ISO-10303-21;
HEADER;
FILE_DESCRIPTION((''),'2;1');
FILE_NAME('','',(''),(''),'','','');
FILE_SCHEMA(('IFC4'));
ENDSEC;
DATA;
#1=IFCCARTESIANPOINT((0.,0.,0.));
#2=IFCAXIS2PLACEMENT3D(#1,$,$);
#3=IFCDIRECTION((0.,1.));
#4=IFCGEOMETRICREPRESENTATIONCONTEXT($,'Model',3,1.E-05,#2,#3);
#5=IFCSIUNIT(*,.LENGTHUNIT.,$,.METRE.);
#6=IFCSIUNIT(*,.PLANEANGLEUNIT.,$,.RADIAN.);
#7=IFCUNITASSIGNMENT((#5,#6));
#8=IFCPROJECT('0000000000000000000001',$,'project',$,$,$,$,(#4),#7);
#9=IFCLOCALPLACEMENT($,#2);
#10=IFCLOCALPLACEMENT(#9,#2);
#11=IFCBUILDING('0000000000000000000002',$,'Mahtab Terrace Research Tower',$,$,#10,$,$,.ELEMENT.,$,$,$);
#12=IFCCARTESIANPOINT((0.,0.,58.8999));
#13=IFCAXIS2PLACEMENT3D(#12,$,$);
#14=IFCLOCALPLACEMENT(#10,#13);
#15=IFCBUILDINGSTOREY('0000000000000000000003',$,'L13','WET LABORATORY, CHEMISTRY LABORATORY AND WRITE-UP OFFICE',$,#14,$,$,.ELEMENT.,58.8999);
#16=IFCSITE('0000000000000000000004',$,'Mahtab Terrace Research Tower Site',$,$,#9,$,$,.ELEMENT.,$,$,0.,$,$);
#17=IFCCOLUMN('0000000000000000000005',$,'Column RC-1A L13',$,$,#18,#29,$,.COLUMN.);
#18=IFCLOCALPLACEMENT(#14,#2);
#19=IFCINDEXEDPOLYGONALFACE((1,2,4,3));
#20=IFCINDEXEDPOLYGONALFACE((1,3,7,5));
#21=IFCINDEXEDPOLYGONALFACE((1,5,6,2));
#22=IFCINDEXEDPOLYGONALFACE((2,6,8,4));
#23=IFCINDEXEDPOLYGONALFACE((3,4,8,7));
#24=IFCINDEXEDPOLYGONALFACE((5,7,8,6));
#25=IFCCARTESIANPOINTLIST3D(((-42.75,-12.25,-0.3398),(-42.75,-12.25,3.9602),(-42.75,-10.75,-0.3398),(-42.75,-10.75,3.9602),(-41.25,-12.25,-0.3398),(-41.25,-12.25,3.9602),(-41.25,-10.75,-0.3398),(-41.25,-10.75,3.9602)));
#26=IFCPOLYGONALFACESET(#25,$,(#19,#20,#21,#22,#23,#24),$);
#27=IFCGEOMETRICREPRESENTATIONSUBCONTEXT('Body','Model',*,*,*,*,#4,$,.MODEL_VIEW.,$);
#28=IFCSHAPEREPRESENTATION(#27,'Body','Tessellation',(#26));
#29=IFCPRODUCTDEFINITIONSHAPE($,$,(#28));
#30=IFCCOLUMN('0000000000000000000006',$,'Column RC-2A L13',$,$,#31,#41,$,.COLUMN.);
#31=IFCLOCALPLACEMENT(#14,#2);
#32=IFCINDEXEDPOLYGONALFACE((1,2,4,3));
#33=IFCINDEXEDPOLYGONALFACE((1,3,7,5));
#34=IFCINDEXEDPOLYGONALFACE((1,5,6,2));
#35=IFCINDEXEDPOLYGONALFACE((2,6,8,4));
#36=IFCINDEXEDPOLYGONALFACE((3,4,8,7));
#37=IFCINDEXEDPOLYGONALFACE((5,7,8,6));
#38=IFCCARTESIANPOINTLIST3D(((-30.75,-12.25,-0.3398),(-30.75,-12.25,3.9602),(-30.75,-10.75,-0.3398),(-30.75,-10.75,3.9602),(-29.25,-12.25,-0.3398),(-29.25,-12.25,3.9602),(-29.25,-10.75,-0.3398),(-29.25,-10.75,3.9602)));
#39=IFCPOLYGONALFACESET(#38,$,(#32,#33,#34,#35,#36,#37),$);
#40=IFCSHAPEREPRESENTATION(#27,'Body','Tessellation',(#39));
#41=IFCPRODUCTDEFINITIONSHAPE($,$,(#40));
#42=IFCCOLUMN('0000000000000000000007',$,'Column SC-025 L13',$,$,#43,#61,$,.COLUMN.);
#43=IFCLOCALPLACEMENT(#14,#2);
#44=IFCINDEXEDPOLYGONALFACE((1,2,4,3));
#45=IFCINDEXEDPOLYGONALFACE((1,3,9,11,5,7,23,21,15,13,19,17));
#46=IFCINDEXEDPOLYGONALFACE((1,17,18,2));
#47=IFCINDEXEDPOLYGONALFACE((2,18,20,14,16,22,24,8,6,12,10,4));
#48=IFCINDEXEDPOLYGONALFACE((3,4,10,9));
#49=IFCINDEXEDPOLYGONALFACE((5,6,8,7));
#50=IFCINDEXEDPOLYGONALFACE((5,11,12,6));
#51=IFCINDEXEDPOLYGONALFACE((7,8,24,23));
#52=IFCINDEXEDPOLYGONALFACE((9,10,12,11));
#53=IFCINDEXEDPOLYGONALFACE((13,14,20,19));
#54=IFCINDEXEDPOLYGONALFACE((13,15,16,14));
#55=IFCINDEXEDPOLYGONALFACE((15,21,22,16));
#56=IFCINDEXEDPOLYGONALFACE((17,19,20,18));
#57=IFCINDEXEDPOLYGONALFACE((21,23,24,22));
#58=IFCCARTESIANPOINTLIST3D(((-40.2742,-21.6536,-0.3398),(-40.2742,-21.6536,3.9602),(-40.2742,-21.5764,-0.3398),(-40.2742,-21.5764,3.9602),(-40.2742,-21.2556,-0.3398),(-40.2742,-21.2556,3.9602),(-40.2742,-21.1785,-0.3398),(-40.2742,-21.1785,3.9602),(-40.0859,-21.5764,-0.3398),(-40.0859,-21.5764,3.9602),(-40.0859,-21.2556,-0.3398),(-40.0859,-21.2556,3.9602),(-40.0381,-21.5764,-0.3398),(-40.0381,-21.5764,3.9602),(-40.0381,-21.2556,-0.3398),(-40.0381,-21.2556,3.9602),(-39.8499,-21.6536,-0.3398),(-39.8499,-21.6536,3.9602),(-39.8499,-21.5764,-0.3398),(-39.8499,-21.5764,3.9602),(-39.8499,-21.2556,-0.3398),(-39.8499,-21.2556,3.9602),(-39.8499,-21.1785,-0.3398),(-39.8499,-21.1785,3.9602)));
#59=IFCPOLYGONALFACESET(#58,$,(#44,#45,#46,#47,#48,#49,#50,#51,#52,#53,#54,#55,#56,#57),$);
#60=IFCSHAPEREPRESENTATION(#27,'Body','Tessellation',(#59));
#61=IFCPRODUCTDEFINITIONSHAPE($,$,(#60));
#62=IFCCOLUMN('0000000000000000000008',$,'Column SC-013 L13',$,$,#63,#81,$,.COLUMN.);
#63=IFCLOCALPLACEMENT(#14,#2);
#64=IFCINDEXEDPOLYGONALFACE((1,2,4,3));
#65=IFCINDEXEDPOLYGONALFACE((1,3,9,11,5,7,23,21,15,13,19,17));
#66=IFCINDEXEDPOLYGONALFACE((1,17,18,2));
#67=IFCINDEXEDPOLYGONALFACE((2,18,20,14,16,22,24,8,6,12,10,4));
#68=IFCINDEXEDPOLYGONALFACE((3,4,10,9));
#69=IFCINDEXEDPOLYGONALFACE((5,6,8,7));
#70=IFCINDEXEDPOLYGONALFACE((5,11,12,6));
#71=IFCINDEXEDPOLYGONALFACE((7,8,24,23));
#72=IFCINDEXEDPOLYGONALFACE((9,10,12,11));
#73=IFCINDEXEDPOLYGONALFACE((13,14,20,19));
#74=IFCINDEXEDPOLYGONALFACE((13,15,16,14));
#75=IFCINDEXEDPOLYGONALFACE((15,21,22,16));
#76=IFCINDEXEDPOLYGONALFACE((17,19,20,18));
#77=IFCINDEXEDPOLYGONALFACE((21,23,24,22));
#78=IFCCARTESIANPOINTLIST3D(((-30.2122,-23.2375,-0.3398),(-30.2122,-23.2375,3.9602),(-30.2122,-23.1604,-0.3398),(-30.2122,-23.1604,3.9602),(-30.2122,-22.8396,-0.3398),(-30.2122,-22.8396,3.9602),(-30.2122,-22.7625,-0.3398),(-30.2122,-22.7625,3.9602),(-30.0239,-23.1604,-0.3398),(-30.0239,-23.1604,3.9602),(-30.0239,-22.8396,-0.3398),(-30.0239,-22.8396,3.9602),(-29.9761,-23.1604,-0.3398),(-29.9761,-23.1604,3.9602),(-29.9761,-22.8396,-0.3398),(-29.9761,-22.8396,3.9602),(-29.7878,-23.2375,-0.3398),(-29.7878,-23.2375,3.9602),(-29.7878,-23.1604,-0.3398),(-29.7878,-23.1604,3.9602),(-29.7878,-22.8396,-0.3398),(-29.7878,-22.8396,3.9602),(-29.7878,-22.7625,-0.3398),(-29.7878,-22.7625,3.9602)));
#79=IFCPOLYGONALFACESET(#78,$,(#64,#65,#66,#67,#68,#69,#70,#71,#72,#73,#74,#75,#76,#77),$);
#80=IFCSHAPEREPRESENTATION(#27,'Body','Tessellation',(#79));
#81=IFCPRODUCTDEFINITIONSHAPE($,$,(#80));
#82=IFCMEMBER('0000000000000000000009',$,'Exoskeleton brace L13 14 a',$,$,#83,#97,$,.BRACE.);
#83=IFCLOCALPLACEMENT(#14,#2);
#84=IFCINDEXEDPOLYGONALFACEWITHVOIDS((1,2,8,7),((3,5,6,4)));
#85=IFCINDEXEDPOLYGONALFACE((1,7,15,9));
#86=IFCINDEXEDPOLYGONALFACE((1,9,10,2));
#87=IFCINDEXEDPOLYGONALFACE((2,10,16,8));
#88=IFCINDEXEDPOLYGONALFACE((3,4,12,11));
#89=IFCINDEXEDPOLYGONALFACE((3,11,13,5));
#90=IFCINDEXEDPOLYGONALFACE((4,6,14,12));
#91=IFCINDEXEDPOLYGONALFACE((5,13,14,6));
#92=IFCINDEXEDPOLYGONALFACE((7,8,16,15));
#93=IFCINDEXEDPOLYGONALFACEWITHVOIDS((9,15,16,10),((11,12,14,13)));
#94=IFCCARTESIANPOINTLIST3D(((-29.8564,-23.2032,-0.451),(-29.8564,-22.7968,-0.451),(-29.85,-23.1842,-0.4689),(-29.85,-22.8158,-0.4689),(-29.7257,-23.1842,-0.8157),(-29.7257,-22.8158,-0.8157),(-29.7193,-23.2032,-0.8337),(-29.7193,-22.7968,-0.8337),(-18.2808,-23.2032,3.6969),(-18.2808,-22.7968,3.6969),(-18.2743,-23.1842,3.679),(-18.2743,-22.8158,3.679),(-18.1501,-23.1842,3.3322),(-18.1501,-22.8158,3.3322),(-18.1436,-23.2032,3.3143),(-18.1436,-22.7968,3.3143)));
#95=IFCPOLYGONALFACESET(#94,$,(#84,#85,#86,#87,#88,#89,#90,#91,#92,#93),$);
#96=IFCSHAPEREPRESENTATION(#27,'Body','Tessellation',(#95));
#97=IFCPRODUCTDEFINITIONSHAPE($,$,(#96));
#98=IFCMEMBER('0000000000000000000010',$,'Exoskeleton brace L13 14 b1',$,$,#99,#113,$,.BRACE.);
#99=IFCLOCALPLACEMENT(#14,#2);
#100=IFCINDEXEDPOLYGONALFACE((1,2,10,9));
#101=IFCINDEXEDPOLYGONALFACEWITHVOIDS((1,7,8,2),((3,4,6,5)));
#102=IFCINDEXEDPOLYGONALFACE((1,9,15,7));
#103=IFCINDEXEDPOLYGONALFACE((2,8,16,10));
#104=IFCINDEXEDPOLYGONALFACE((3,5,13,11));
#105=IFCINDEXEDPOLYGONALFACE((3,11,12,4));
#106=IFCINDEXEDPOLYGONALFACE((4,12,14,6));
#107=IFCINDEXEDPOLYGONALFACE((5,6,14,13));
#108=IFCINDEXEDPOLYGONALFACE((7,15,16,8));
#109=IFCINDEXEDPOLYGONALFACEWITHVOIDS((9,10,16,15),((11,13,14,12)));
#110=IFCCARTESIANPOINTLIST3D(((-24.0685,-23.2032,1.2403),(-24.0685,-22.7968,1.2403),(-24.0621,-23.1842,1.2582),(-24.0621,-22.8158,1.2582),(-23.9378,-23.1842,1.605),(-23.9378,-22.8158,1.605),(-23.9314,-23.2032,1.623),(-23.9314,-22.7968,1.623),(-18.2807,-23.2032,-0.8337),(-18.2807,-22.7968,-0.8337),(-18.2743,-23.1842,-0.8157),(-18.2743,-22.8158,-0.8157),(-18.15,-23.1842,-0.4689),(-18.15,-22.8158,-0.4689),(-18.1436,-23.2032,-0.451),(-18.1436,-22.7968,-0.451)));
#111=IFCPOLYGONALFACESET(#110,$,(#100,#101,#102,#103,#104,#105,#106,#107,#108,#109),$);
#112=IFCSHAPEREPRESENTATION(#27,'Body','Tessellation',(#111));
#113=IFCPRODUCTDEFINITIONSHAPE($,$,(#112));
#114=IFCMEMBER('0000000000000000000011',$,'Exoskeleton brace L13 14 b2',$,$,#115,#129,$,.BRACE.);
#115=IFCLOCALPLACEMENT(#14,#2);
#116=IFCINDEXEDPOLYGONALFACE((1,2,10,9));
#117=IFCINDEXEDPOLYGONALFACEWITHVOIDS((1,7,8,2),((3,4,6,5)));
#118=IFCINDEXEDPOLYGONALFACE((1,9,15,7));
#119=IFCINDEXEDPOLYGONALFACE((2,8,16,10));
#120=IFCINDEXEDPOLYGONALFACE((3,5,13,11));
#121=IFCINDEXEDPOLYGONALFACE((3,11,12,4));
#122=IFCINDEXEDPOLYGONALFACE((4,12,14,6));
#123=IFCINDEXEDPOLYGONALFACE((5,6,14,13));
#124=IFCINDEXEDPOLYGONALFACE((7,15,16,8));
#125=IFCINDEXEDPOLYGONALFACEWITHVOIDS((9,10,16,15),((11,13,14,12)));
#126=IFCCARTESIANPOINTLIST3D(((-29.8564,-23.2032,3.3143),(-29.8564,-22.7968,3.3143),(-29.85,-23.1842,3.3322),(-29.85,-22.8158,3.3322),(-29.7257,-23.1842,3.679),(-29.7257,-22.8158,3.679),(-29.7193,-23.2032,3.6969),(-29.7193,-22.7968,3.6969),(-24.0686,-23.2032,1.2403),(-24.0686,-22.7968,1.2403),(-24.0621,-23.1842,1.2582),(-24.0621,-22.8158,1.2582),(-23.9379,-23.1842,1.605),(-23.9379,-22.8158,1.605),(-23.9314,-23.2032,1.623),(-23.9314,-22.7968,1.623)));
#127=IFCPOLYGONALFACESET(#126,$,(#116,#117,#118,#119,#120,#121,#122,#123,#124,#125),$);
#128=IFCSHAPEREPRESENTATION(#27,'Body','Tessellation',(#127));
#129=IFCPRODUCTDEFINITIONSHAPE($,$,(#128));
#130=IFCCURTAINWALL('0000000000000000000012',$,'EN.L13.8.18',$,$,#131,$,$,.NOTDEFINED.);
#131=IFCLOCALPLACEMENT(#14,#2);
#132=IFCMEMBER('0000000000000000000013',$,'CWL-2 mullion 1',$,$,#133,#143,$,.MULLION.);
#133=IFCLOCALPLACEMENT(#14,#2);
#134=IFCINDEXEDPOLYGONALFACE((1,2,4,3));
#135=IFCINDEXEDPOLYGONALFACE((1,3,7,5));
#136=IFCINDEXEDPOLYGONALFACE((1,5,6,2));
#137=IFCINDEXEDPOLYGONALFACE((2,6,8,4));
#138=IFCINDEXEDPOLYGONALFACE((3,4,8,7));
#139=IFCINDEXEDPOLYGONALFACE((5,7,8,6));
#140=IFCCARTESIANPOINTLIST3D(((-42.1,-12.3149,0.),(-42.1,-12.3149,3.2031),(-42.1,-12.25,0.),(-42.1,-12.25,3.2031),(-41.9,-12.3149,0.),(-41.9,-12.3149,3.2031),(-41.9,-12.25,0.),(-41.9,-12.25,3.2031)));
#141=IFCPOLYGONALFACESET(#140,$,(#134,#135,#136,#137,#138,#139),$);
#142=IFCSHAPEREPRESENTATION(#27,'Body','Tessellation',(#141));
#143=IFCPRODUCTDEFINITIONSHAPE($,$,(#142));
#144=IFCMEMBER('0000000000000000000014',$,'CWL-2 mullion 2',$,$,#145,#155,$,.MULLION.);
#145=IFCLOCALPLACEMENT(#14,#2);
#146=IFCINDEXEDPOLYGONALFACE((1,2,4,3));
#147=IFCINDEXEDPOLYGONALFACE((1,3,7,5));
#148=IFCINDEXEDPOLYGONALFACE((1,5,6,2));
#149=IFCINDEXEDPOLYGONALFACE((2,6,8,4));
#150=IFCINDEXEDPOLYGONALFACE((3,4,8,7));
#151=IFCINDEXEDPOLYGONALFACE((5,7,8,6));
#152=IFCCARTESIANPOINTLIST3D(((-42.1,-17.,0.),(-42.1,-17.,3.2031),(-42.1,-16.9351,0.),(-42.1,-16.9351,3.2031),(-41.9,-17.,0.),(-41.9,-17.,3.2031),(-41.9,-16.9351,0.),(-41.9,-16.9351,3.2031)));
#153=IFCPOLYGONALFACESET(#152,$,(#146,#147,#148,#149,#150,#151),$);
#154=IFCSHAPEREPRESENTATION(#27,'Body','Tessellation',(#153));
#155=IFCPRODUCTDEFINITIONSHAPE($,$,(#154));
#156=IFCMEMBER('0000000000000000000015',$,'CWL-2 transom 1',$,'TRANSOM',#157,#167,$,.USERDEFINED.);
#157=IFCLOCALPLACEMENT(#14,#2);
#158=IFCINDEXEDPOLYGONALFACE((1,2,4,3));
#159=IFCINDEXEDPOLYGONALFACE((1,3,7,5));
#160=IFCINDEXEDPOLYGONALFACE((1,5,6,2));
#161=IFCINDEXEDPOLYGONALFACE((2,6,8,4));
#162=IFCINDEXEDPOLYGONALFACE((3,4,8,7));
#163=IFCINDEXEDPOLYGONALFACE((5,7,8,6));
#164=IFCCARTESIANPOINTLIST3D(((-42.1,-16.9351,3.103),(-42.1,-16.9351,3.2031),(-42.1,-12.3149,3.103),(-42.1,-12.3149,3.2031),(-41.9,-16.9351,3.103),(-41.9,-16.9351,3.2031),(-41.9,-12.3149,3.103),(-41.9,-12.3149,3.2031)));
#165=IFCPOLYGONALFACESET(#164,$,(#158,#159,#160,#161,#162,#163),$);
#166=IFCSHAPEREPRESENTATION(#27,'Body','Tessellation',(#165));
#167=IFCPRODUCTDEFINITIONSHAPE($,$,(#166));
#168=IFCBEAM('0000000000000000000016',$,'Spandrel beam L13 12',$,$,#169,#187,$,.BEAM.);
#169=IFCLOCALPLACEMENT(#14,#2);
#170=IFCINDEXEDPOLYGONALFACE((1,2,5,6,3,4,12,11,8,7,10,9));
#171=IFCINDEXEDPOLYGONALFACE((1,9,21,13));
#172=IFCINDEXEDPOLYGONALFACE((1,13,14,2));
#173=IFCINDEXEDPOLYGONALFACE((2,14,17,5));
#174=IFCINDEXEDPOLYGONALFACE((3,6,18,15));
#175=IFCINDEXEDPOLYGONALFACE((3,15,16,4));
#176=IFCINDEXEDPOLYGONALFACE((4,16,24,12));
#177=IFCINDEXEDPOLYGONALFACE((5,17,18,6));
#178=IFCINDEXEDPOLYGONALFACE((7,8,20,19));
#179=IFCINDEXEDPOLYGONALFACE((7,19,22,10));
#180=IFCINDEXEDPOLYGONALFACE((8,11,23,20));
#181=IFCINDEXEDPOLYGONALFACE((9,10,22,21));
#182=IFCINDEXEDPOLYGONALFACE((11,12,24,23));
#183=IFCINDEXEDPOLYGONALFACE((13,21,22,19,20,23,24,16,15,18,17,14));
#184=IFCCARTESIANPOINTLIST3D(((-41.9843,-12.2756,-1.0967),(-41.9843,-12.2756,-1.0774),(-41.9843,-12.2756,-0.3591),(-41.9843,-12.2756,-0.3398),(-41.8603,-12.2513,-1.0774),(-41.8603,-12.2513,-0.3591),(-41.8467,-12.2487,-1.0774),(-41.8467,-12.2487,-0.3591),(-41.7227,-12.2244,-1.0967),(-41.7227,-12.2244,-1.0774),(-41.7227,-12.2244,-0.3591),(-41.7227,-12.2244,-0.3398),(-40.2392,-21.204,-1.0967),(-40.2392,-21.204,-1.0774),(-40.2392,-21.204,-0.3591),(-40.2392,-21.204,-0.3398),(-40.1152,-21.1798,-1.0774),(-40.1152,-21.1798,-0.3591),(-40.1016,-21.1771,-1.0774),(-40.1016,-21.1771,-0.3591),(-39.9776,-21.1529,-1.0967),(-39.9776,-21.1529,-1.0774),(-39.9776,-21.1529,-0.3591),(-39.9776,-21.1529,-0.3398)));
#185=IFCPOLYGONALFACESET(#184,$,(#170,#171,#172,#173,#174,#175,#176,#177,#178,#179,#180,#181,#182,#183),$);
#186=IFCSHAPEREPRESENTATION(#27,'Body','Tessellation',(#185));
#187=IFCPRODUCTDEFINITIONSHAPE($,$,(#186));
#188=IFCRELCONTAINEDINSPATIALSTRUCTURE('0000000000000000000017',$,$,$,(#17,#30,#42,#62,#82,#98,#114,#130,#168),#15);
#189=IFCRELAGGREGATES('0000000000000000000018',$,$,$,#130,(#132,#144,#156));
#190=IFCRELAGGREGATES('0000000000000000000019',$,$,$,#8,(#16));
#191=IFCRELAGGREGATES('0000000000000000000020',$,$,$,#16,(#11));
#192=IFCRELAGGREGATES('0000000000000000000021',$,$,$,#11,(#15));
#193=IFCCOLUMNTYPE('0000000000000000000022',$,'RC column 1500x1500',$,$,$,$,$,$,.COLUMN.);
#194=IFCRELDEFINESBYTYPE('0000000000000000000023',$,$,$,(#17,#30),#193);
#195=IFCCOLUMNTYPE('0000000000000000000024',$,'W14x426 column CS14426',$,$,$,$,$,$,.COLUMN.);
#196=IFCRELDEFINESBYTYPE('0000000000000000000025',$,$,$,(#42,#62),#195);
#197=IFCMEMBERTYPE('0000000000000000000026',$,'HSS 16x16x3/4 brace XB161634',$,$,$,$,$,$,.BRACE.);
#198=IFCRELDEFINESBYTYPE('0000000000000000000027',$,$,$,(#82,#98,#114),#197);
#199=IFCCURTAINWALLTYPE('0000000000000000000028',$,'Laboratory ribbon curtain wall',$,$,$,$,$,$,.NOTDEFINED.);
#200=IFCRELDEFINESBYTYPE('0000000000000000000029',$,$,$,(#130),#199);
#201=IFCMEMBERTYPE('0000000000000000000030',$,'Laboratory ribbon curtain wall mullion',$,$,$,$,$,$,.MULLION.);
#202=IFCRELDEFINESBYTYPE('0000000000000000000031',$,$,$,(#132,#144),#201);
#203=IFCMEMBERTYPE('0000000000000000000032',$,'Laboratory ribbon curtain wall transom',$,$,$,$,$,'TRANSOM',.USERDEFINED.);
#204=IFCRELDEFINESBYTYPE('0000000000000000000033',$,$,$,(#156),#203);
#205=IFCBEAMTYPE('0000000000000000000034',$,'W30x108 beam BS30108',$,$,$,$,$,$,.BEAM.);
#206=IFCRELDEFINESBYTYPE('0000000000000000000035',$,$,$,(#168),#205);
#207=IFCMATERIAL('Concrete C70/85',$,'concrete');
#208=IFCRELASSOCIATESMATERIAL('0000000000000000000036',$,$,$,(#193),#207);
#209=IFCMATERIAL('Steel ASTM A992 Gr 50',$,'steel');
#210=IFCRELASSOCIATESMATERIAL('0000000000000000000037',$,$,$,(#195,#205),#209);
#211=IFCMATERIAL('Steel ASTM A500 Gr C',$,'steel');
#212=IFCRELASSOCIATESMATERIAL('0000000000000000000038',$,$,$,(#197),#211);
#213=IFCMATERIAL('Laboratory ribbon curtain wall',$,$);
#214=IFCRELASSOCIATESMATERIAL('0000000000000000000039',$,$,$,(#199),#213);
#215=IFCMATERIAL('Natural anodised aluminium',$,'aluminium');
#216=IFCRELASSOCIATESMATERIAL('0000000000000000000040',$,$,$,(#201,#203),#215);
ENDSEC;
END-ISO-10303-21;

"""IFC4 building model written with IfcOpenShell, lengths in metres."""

from ifc_helpers import new_model, si_unit, direction, frame, origin, origin_2d, place, context, subcontext, project, spatial, rectangle, hollow_rectangle, i_section, extrude, material, material_profile, profile_set, type_object, element, aggregate, save


model = new_model("IFC4")

# Units and contexts
model_context = context("Model", 3, precision=1e-05, world=origin(), true_north=direction((0.0, 1.0)))
body_context = subcontext(model_context, "Body", "Model", "MODEL_VIEW")
ifc_project = project(units=[si_unit("LENGTHUNIT", "METRE"), si_unit("PLANEANGLEUNIT", "RADIAN")], contexts=[model_context])

# Site, building, storey
site_placement = place(None, origin())
site = spatial("IfcSite", under=ifc_project, at=site_placement, Name="Mahtab Terrace Research Tower Site", CompositionType="ELEMENT", RefElevation=0.0)
building_placement = place(site_placement, origin())
building = spatial("IfcBuilding", under=site, at=building_placement, Name="Mahtab Terrace Research Tower", CompositionType="ELEMENT")
storey_placement = place(building_placement, frame((0.0, 0.0, 58.8999)))
storey = spatial("IfcBuildingStorey", under=building, at=storey_placement, Name="L13", Description="WET LABORATORY, CHEMISTRY LABORATORY AND WRITE-UP OFFICE", CompositionType="ELEMENT", Elevation=58.8999)

# Columns
ifc_material_1 = material(Name="Concrete C70/85", Category="concrete")
ifc_material_profile_1 = material_profile(ifc_material_1, rectangle(XDim=1.5, YDim=1.5, at=origin_2d()), Name="RC column 1500x1500")
ifc_profile_set_1 = profile_set([ifc_material_profile_1], Name="Concrete C70/85")
column_type_1 = type_object("IfcColumnType", Name="RC column 1500x1500", PredefinedType="COLUMN", material=ifc_profile_set_1)
for number, where, z_axis, x_axis, name in (
    (1, (-42.0, -11.5, -0.3398), (0.0, 0.0, 1.0), (1.0, 0.0, 0.0), "Column RC-1A L13"),
    (2, (-30.0, -11.5, -0.3398), (0.0, 0.0, 1.0), (1.0, 0.0, 0.0), "Column RC-2A L13"),
):
    element("IfcColumn", number, at=place(storey_placement, frame(where, z_axis=z_axis, x_axis=x_axis)), inside=storey, type_object=column_type_1, Name=name, PredefinedType="COLUMN", context=body_context, shape_type="SweptSolid", body=[
        extrude(rectangle(XDim=1.5, YDim=1.5, at=origin_2d()), origin(), (0.0, 0.0, 1.0), 4.3),
    ])
ifc_material_2 = material(Name="Steel ASTM A992 Gr 50", Category="steel")
ifc_material_profile_2 = material_profile(ifc_material_2, i_section(OverallWidth=0.4243, OverallDepth=0.4751, WebThickness=0.0479, FlangeThickness=0.0771, at=origin_2d()), Name="W14X426")
ifc_profile_set_2 = profile_set([ifc_material_profile_2], Name="Steel ASTM A992 Gr 50")
column_type_2 = type_object("IfcColumnType", Name="W14x426 column CS14426", PredefinedType="COLUMN", material=ifc_profile_set_2)
for number, where, z_axis, x_axis, name in (
    (3, (-40.062, -21.416, -0.3398), (0.0, 0.0, 1.0), (1.0, 0.0, 0.0), "Column SC-025 L13"),
    (4, (-30.0, -23.0, -0.3398), (0.0, 0.0, 1.0), (1.0, 0.0, 0.0), "Column SC-013 L13"),
):
    element("IfcColumn", number, at=place(storey_placement, frame(where, z_axis=z_axis, x_axis=x_axis)), inside=storey, type_object=column_type_2, Name=name, PredefinedType="COLUMN", context=body_context, shape_type="SweptSolid", body=[
        extrude(i_section(OverallWidth=0.4243, OverallDepth=0.4751, WebThickness=0.0479, FlangeThickness=0.0771, at=origin_2d()), origin(), (0.0, 0.0, 1.0), 4.3),
    ])

# Members
ifc_material_3 = material(Name="Steel ASTM A500 Gr C", Category="steel")
ifc_material_profile_3 = material_profile(ifc_material_3, hollow_rectangle(XDim=0.4065, YDim=0.4065, WallThickness=0.019, at=origin_2d()), Name="HSS16X16X3/4")
ifc_profile_set_3 = profile_set([ifc_material_profile_3], Name="Steel ASTM A500 Gr C")
member_type_1 = type_object("IfcMemberType", Name="HSS 16x16x3/4 brace XB161634", PredefinedType="BRACE", material=ifc_profile_set_3)
member_1_placement = place(storey_placement, frame((-29.7878, -23.0, -0.6423), z_axis=(0.941387, 0.0, 0.33733), x_axis=(0.0, 1.0, 0.0)))
element("IfcMember", 5, at=member_1_placement, inside=storey, type_object=member_type_1, Name="Exoskeleton brace L13 14 a", PredefinedType="BRACE", context=body_context, shape_type="SweptSolid", body=[
    extrude(hollow_rectangle(XDim=0.4065, YDim=0.4065, WallThickness=0.019, at=origin_2d()), origin(), (0.0, 0.0, 1.0), 12.2964),
])
for number, where, z_axis, x_axis, name in (
    (6, (-18.2122, -23.0, -0.6423), (-0.941387, 0.0, 0.33733), (0.0, -1.0, 0.0), "Exoskeleton brace L13 14 b1"),
    (7, (-24.0, -23.0, 1.4316), (-0.941387, 0.0, 0.33733), (0.0, -1.0, 0.0), "Exoskeleton brace L13 14 b2"),
):
    element("IfcMember", number, at=place(storey_placement, frame(where, z_axis=z_axis, x_axis=x_axis)), inside=storey, type_object=member_type_1, Name=name, PredefinedType="BRACE", context=body_context, shape_type="SweptSolid", body=[
        extrude(hollow_rectangle(XDim=0.4065, YDim=0.4065, WallThickness=0.019, at=origin_2d()), origin(), (0.0, 0.0, 1.0), 6.1482),
    ])

# Curtain wall, members
ifc_material_4 = material(Name="Laboratory ribbon curtain wall")
curtain_wall_type = type_object("IfcCurtainWallType", Name="Laboratory ribbon curtain wall", PredefinedType="NOTDEFINED", material=ifc_material_4)
curtain_wall_placement = place(storey_placement, origin())
curtain_wall = element("IfcCurtainWall", 8, at=curtain_wall_placement, inside=storey, type_object=curtain_wall_type, Name="EN.L13.8.18", PredefinedType="NOTDEFINED")
ifc_material_5 = material(Name="Natural anodised aluminium", Category="aluminium")
ifc_material_profile_4 = material_profile(ifc_material_5, rectangle(XDim=0.2, YDim=0.0649, at=origin_2d()), Name="MULLION 65x200")
ifc_profile_set_4 = profile_set([ifc_material_profile_4], Name="Natural anodised aluminium")
member_type_2 = type_object("IfcMemberType", Name="Laboratory ribbon curtain wall mullion", PredefinedType="MULLION", material=ifc_profile_set_4)
member_2_placement = place(storey_placement, frame((-42.0, -12.2825, 0.0), z_axis=(0.0, 0.0, 1.0), x_axis=(1.0, 0.0, 0.0)))
member_2 = element("IfcMember", 9, at=member_2_placement, type_object=member_type_2, Name="CWL-2 mullion 1", PredefinedType="MULLION", context=body_context, shape_type="SweptSolid", body=[
    extrude(rectangle(XDim=0.2, YDim=0.0649, at=origin_2d()), origin(), (0.0, 0.0, 1.0), 3.2031),
])
member_3_placement = place(storey_placement, frame((-42.0, -16.9675, 0.0), z_axis=(0.0, 0.0, 1.0), x_axis=(1.0, 0.0, 0.0)))
member_3 = element("IfcMember", 10, at=member_3_placement, type_object=member_type_2, Name="CWL-2 mullion 2", PredefinedType="MULLION", context=body_context, shape_type="SweptSolid", body=[
    extrude(rectangle(XDim=0.2, YDim=0.0649, at=origin_2d()), origin(), (0.0, 0.0, 1.0), 3.2031),
])
ifc_material_profile_5 = material_profile(ifc_material_5, rectangle(XDim=0.2, YDim=0.1001, at=origin_2d()), Name="TRANSOM 100x200")
ifc_profile_set_5 = profile_set([ifc_material_profile_5], Name="Natural anodised aluminium")
member_type_3 = type_object("IfcMemberType", Name="Laboratory ribbon curtain wall transom", ElementType="TRANSOM", PredefinedType="USERDEFINED", material=ifc_profile_set_5)
member_4_placement = place(storey_placement, frame((-42.0, -12.3149, 3.1531), z_axis=(0.0, -1.0, 0.0), x_axis=(1.0, 0.0, 0.0)))
member_4 = element("IfcMember", 11, at=member_4_placement, type_object=member_type_3, Name="CWL-2 transom 1", ObjectType="TRANSOM", PredefinedType="USERDEFINED", context=body_context, shape_type="SweptSolid", body=[
    extrude(rectangle(XDim=0.2, YDim=0.1001, at=origin_2d()), origin(), (0.0, 0.0, 1.0), 4.6201),
])

# Beam
ifc_material_profile_6 = material_profile(ifc_material_2, i_section(OverallWidth=0.2666, OverallDepth=0.7568, WebThickness=0.0139, FlangeThickness=0.0193, at=origin_2d()), Name="W30X108")
ifc_profile_set_6 = profile_set([ifc_material_profile_6], Name="Steel ASTM A992 Gr 50")
beam_type = type_object("IfcBeamType", Name="W30x108 beam BS30108", PredefinedType="BEAM", material=ifc_profile_set_6)
beam_1_placement = place(storey_placement, frame((-41.8535, -12.25, -0.7183), z_axis=(0.191826, -0.981429, 0.0), x_axis=(0.981429, 0.191826, 0.0)))
element("IfcBeam", 12, at=beam_1_placement, inside=storey, type_object=beam_type, Name="Spandrel beam L13 12", PredefinedType="BEAM", context=body_context, shape_type="SweptSolid", body=[
    extrude(i_section(OverallWidth=0.2666, OverallDepth=0.7568, WebThickness=0.0139, FlangeThickness=0.0193, at=origin_2d()), origin(), (0.0, 0.0, 1.0), 9.0974),
])

aggregate(curtain_wall, [member_2, member_3, member_4])

save(model, "model.ifc")
